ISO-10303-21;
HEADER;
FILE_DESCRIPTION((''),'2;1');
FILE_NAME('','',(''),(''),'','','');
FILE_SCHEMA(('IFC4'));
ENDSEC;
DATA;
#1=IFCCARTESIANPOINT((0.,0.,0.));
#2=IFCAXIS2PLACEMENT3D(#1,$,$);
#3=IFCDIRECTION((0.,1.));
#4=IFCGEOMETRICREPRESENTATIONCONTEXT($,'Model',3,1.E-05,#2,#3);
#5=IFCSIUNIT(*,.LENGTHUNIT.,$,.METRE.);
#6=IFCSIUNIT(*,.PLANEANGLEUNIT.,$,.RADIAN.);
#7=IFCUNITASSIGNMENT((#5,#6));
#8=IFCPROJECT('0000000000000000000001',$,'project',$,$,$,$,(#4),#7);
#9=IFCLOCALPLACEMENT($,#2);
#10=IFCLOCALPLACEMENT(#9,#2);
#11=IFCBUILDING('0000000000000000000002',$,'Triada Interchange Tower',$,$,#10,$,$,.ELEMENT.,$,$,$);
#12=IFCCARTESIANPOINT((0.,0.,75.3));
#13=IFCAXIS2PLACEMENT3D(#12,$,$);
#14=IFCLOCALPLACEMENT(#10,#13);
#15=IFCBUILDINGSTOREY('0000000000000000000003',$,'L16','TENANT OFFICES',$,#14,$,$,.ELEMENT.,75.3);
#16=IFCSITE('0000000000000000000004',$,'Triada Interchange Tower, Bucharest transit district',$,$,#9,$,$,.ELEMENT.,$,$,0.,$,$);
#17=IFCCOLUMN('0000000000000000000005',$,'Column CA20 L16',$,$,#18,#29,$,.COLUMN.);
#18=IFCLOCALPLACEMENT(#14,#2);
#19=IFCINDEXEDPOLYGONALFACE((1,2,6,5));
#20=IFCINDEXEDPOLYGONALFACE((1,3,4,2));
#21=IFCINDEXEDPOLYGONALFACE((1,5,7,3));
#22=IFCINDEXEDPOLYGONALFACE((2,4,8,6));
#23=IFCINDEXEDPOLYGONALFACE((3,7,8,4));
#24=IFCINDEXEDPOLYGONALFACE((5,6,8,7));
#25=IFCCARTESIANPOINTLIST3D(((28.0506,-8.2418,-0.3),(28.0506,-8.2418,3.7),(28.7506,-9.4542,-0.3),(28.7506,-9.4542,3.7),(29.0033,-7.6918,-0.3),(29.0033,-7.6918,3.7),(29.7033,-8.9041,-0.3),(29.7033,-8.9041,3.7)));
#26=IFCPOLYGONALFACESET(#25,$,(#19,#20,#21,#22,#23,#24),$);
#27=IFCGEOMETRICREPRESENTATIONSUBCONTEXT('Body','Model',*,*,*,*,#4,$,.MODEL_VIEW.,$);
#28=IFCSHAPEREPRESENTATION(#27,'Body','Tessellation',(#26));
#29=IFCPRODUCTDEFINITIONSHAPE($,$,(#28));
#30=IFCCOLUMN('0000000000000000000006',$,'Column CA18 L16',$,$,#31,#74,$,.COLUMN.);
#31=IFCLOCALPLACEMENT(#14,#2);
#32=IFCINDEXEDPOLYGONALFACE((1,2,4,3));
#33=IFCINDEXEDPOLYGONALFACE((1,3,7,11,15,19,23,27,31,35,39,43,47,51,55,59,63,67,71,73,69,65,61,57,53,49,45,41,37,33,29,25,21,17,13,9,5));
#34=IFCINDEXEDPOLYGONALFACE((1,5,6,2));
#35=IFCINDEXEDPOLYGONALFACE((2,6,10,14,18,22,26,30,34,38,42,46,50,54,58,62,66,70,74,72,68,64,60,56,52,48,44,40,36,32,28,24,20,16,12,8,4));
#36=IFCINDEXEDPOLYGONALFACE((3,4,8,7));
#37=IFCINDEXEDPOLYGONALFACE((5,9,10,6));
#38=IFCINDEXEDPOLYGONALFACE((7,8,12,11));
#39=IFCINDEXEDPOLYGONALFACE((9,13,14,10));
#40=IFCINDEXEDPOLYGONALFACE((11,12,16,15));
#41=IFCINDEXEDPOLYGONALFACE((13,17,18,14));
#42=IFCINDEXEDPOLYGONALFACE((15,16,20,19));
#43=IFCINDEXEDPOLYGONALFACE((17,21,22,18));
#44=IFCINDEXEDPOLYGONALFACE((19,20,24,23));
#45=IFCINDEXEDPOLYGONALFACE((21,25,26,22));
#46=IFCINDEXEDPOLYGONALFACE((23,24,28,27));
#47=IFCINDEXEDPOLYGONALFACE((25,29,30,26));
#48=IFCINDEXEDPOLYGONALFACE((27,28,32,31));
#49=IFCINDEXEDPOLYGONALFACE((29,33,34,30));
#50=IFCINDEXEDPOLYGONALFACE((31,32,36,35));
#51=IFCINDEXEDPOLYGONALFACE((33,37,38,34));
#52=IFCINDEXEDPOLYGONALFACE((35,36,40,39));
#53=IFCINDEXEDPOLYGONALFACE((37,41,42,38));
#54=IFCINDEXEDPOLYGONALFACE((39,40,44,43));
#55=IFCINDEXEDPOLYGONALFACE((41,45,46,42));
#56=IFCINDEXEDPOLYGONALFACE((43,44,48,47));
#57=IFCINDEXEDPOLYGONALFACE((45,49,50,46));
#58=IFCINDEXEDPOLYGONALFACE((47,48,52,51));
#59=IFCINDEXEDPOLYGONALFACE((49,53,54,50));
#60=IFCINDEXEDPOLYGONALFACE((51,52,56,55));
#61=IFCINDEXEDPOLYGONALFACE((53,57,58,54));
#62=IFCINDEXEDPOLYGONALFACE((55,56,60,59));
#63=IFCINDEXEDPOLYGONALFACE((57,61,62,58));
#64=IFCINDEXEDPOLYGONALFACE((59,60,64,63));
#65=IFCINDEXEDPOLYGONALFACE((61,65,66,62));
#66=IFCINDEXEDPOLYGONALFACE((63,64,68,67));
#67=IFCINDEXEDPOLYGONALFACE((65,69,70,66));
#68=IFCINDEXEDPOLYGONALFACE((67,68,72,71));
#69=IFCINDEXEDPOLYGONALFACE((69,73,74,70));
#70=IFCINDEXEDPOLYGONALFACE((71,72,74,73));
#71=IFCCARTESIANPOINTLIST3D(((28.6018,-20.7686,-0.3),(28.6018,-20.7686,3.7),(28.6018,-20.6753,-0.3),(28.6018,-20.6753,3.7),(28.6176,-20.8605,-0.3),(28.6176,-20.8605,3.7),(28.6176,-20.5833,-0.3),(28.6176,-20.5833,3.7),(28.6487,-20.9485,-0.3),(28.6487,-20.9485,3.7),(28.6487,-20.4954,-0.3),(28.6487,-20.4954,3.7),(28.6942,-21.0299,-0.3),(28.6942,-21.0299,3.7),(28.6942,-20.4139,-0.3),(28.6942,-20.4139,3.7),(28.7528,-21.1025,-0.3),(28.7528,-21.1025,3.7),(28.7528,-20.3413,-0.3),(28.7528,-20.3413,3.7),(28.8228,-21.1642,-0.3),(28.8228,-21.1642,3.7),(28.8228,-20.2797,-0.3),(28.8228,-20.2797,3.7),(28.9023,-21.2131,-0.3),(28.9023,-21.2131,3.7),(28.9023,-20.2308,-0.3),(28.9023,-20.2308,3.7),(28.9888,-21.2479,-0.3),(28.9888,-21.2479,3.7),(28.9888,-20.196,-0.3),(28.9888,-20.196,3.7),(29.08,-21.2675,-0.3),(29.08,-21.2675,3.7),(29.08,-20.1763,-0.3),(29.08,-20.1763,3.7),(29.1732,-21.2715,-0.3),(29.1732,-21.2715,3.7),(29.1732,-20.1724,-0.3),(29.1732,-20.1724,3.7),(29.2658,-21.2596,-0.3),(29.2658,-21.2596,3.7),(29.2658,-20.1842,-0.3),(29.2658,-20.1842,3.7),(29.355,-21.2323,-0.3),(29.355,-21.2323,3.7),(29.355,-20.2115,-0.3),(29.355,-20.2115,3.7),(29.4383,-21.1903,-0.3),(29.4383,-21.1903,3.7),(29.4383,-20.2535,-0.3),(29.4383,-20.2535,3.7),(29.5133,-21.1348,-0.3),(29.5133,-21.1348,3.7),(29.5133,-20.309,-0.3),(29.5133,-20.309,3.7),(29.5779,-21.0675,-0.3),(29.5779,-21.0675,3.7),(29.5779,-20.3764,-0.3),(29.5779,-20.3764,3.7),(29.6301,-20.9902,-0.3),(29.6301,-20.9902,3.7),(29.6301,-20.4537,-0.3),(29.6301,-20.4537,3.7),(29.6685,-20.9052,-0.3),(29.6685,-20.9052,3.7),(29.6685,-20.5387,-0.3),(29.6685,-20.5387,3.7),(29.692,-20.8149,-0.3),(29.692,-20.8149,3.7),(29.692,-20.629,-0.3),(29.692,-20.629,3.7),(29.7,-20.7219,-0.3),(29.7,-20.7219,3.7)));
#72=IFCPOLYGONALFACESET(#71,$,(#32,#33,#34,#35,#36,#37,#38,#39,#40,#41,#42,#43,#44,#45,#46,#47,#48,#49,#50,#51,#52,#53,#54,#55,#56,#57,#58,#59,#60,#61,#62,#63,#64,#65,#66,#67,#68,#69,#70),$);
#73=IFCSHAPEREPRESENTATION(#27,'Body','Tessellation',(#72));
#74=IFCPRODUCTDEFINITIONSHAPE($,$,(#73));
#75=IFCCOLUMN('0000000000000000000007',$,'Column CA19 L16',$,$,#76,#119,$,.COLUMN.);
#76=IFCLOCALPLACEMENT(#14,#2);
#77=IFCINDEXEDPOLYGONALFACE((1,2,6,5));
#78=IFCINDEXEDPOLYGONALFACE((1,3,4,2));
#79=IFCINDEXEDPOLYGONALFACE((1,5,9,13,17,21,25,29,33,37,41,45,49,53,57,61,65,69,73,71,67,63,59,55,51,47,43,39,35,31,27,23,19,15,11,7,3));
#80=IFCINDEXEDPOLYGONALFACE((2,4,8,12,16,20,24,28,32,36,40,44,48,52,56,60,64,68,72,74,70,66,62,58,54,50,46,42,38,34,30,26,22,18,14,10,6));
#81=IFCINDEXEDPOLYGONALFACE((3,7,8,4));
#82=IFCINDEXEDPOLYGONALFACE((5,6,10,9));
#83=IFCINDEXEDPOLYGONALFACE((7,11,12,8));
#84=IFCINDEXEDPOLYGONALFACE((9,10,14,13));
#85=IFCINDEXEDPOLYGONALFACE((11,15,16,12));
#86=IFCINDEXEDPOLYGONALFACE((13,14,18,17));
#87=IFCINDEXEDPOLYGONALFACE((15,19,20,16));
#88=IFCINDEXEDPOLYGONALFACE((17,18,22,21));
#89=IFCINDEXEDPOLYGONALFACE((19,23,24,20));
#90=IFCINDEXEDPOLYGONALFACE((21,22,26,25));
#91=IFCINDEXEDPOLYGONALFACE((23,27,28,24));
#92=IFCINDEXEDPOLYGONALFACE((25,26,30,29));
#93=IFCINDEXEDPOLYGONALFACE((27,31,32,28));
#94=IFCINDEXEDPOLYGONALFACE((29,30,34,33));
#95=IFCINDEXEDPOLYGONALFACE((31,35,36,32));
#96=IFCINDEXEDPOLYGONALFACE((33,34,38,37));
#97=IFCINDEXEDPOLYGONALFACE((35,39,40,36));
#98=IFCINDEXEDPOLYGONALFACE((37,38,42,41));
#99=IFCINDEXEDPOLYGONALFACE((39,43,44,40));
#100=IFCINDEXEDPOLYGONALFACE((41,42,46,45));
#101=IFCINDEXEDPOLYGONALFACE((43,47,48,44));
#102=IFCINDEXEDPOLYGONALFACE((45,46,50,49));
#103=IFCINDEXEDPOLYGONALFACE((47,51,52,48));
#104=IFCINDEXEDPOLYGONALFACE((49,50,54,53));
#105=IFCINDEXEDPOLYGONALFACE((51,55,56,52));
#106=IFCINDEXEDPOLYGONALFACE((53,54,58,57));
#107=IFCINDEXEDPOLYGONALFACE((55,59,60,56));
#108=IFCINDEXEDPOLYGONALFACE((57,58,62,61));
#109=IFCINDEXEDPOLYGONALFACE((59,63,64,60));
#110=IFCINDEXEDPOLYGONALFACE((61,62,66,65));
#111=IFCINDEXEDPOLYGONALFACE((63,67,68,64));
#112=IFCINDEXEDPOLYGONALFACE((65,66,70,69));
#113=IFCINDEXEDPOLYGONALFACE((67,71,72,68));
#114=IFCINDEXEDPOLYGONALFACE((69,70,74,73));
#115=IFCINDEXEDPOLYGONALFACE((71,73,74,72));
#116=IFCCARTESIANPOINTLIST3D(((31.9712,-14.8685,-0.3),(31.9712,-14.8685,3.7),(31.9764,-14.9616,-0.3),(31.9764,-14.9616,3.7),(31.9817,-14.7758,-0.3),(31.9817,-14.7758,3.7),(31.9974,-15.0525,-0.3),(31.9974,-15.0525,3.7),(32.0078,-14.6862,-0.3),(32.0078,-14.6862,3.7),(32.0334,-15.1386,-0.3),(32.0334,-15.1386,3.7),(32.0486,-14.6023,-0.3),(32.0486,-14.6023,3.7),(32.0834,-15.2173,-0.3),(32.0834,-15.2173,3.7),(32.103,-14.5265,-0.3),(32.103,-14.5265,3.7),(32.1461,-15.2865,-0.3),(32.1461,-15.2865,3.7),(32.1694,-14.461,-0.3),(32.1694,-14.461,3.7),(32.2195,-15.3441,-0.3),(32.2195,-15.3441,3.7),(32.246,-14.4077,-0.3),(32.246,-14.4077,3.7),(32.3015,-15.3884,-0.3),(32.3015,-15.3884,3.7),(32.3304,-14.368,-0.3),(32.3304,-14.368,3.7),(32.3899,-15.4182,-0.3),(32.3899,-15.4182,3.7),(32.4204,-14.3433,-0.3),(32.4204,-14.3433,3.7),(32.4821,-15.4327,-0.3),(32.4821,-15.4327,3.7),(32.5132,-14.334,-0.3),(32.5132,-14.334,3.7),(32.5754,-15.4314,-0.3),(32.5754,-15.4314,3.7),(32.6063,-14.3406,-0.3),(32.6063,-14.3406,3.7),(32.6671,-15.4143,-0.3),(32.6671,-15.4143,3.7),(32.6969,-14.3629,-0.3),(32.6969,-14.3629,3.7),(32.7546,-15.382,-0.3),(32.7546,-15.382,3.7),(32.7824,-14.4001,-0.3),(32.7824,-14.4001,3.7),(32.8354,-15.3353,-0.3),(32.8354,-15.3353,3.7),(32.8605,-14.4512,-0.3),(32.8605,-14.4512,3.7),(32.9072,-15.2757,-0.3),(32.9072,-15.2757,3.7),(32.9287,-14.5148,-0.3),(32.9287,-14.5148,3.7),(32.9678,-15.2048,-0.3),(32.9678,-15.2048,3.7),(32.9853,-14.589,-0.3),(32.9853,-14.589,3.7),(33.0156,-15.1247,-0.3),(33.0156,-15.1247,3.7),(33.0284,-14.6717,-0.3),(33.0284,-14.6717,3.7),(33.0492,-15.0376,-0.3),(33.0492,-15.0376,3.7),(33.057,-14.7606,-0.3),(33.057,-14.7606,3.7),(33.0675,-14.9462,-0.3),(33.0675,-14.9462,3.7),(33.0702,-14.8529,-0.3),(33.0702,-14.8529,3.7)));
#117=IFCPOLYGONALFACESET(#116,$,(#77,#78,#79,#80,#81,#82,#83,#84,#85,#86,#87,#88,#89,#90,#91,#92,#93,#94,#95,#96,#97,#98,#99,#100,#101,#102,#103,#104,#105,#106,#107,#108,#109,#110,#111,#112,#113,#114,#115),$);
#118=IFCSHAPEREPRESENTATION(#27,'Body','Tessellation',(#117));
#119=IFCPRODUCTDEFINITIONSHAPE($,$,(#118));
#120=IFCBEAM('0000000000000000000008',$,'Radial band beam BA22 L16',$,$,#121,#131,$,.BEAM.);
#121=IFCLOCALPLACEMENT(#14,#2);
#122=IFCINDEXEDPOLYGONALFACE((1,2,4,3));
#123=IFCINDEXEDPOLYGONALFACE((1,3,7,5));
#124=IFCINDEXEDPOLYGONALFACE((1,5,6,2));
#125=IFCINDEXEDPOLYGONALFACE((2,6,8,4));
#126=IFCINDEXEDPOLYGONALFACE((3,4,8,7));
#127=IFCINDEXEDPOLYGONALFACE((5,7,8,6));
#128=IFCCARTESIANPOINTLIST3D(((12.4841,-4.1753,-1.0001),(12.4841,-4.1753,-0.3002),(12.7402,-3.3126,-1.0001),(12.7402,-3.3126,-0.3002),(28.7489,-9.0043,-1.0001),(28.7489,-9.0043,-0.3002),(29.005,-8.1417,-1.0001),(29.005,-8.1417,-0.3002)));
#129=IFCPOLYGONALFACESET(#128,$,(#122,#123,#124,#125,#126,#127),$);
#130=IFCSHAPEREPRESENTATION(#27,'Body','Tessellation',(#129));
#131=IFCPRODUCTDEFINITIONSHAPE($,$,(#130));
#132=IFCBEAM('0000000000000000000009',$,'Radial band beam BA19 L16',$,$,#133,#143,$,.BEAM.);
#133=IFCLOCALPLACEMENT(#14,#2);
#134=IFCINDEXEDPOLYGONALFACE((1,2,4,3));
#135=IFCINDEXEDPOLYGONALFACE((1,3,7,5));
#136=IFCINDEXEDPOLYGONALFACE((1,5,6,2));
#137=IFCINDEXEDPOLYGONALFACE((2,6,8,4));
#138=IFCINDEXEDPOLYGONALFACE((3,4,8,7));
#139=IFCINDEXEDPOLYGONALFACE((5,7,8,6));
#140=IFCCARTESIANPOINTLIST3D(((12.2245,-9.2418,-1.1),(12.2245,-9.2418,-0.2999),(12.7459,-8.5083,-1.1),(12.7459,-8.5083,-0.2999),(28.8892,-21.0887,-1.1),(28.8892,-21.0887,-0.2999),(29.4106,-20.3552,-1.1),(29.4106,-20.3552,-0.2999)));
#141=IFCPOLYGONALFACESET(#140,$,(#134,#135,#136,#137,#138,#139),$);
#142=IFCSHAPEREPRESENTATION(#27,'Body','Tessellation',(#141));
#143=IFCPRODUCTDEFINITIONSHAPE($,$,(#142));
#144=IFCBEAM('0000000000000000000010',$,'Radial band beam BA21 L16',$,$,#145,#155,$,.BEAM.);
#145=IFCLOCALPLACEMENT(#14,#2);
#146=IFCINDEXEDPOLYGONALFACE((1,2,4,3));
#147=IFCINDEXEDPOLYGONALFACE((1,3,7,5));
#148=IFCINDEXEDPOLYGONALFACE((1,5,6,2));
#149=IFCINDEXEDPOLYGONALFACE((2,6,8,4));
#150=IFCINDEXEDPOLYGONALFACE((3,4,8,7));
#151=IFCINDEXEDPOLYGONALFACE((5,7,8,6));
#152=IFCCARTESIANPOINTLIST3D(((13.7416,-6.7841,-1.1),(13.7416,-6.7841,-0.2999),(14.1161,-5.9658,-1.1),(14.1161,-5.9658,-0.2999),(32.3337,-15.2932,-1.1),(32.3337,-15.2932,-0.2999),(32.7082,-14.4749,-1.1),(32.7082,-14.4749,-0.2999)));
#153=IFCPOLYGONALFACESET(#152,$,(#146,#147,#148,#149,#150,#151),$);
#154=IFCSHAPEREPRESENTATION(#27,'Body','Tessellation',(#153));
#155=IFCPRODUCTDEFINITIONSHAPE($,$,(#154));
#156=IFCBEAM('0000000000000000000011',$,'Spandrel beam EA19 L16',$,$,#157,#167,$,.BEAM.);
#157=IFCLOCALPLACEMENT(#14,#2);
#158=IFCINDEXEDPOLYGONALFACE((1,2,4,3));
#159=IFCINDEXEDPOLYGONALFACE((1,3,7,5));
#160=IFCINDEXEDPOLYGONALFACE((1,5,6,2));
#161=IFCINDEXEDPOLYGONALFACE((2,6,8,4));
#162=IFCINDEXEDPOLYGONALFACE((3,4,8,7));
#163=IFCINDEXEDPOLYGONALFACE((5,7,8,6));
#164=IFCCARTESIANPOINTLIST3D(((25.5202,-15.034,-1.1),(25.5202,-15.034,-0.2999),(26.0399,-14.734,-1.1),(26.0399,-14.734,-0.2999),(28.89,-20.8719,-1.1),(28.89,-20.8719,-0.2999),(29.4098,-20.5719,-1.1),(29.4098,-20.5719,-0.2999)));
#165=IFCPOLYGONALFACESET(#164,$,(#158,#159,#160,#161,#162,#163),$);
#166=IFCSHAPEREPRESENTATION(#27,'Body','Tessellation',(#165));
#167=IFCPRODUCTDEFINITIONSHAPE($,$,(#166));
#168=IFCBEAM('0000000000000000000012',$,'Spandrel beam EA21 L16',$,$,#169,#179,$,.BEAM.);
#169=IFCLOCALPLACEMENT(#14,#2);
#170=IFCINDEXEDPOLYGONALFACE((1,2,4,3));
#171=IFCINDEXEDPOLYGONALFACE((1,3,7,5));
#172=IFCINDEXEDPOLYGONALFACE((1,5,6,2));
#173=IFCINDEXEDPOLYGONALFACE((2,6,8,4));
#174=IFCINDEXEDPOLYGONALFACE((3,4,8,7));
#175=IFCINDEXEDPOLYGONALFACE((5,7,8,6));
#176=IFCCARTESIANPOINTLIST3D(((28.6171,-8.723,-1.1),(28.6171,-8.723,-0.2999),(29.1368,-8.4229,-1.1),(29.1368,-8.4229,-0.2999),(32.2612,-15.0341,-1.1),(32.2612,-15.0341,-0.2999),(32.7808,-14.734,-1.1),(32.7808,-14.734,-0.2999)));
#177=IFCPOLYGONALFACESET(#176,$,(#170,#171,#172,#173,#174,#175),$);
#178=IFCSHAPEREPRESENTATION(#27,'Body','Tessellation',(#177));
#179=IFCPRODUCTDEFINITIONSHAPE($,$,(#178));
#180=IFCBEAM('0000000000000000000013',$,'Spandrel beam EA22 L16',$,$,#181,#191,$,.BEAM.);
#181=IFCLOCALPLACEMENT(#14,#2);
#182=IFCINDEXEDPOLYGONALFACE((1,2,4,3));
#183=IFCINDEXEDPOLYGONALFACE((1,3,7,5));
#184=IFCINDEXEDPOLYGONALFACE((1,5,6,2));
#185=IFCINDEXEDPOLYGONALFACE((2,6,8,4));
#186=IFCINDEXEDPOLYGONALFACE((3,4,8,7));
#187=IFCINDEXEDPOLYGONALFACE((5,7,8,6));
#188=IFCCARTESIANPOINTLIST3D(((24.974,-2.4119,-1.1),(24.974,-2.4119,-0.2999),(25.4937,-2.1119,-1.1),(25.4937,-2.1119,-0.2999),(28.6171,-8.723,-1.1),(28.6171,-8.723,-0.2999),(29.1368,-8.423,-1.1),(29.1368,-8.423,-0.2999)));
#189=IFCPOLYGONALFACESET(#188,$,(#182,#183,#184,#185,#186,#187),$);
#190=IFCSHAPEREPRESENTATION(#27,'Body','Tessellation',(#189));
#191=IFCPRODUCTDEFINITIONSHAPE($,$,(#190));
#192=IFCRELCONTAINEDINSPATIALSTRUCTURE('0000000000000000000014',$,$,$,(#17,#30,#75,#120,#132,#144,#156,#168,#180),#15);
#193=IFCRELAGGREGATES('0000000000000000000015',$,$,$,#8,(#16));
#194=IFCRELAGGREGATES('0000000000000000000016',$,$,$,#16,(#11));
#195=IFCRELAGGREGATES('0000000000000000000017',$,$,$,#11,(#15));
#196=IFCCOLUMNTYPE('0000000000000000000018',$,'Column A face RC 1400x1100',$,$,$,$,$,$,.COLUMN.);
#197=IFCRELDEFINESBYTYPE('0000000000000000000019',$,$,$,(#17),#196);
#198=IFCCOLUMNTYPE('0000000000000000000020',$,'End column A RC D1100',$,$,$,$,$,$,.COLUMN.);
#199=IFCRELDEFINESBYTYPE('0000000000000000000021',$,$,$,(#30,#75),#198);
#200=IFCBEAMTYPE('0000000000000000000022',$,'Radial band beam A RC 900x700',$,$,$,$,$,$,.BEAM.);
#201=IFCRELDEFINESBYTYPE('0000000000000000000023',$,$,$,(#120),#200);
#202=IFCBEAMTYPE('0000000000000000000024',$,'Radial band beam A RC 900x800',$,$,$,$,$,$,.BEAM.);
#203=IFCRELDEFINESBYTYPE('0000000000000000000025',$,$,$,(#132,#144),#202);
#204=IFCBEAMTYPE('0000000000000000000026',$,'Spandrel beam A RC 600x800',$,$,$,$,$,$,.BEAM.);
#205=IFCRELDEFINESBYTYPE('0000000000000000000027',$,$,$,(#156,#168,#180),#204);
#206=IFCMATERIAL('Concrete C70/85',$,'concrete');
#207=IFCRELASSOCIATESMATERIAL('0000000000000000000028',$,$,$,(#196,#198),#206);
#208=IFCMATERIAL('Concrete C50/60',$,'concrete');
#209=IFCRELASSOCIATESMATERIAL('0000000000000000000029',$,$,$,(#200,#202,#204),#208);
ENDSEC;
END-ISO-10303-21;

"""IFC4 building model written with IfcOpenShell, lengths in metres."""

from ifc_helpers import new_model, si_unit, direction, frame, origin, origin_2d, place, context, subcontext, project, spatial, rectangle, circle, extrude, material, material_profile, profile_set, type_object, element, save


model = new_model("IFC4")

# Units and contexts
model_context = context("Model", 3, precision=1e-05, world=origin(), true_north=direction((0.0, 1.0)))
body_context = subcontext(model_context, "Body", "Model", "MODEL_VIEW")
ifc_project = project(units=[si_unit("LENGTHUNIT", "METRE"), si_unit("PLANEANGLEUNIT", "RADIAN")], contexts=[model_context])

# Site, building, storey
site_placement = place(None, origin())
site = spatial("IfcSite", under=ifc_project, at=site_placement, Name="Triada Interchange Tower, Bucharest transit district", CompositionType="ELEMENT", RefElevation=0.0)
building_placement = place(site_placement, origin())
building = spatial("IfcBuilding", under=site, at=building_placement, Name="Triada Interchange Tower", CompositionType="ELEMENT")
storey_placement = place(building_placement, frame((0.0, 0.0, 75.3)))
storey = spatial("IfcBuildingStorey", under=building, at=storey_placement, Name="L16", Description="TENANT OFFICES", CompositionType="ELEMENT", Elevation=75.3)

# Columns
ifc_material_1 = material(Name="Concrete C70/85", Category="concrete")
ifc_material_profile_1 = material_profile(ifc_material_1, rectangle(XDim=1.3999, YDim=1.1001, at=origin_2d()), Name="RC 1400x1100")
ifc_profile_set_1 = profile_set([ifc_material_profile_1], Name="Concrete C70/85")
column_type_1 = type_object("IfcColumnType", Name="Column A face RC 1400x1100", PredefinedType="COLUMN", material=ifc_profile_set_1)
column_placement = place(storey_placement, frame((28.877, -8.573, -0.3), z_axis=(0.0, 0.0, 1.0), x_axis=(-0.5, 0.866025, 0.0)))
element("IfcColumn", 1, at=column_placement, inside=storey, type_object=column_type_1, Name="Column CA20 L16", PredefinedType="COLUMN", context=body_context, shape_type="SweptSolid", body=[
    extrude(rectangle(XDim=1.3999, YDim=1.1001, at=origin_2d()), origin(), (0.0, 0.0, 1.0), 4.0),
])
ifc_material_profile_2 = material_profile(ifc_material_1, circle(Radius=0.55, at=origin_2d()), Name="RC D1100")
ifc_profile_set_2 = profile_set([ifc_material_profile_2], Name="Concrete C70/85")
column_type_2 = type_object("IfcColumnType", Name="End column A RC D1100", PredefinedType="COLUMN", material=ifc_profile_set_2)
for number, where, z_axis, x_axis, name in (
    (2, (29.1499, -20.7219, -0.3), (0.0, 0.0, 1.0), (1.0, 0.0, 0.0), "Column CA18 L16"),
    (3, (32.521, -14.884, -0.3), (0.0, 0.0, 1.0), (-0.5, 0.866025, 0.0), "Column CA19 L16"),
):
    element("IfcColumn", number, at=place(storey_placement, frame(where, z_axis=z_axis, x_axis=x_axis)), inside=storey, type_object=column_type_2, Name=name, PredefinedType="COLUMN", context=body_context, shape_type="SweptSolid", body=[
        extrude(circle(Radius=0.55, at=origin_2d()), origin(), (0.0, 0.0, 1.0), 4.0),
    ])

# Beams
ifc_material_2 = material(Name="Concrete C50/60", Category="concrete")
ifc_material_profile_3 = material_profile(ifc_material_2, rectangle(XDim=0.8999, YDim=0.7, at=origin_2d()), Name="RC 900x700")
ifc_profile_set_3 = profile_set([ifc_material_profile_3], Name="Concrete C50/60")
beam_type_1 = type_object("IfcBeamType", Name="Radial band beam A RC 900x700", PredefinedType="BEAM", material=ifc_profile_set_3)
beam_1_placement = place(storey_placement, frame((28.877, -8.573, -0.6501), z_axis=(-0.958639, 0.284623, 0.0), x_axis=(-0.284623, -0.958639, 0.0)))
element("IfcBeam", 4, at=beam_1_placement, inside=storey, type_object=beam_type_1, Name="Radial band beam BA22 L16", PredefinedType="BEAM", context=body_context, shape_type="SweptSolid", body=[
    extrude(rectangle(XDim=0.8999, YDim=0.7, at=origin_2d()), origin(), (0.0, 0.0, 1.0), 16.9666),
])
ifc_material_profile_4 = material_profile(ifc_material_2, rectangle(XDim=0.8999, YDim=0.8, at=origin_2d()), Name="RC 900x800")
ifc_profile_set_4 = profile_set([ifc_material_profile_4], Name="Concrete C50/60")
beam_type_2 = type_object("IfcBeamType", Name="Radial band beam A RC 900x800", PredefinedType="BEAM", material=ifc_profile_set_4)
beam_2_placement = place(storey_placement, frame((29.1499, -20.7219, -0.7), z_axis=(-0.815038, 0.579407, 0.0), x_axis=(-0.579407, -0.815038, 0.0)))
element("IfcBeam", 5, at=beam_2_placement, inside=storey, type_object=beam_type_2, Name="Radial band beam BA19 L16", PredefinedType="BEAM", context=body_context, shape_type="SweptSolid", body=[
    extrude(rectangle(XDim=0.8999, YDim=0.8, at=origin_2d()), origin(), (0.0, 0.0, 1.0), 20.4465),
])
beam_3_placement = place(storey_placement, frame((32.521, -14.884, -0.7), z_axis=(-0.909293, 0.416157, 0.0), x_axis=(-0.416157, -0.909293, 0.0)))
element("IfcBeam", 6, at=beam_3_placement, inside=storey, type_object=beam_type_2, Name="Radial band beam BA21 L16", PredefinedType="BEAM", context=body_context, shape_type="SweptSolid", body=[
    extrude(rectangle(XDim=0.8999, YDim=0.8, at=origin_2d()), origin(), (0.0, 0.0, 1.0), 20.4468),
])
ifc_material_profile_5 = material_profile(ifc_material_2, rectangle(XDim=0.6001, YDim=0.8, at=origin_2d()), Name="RC 600x800")
ifc_profile_set_5 = profile_set([ifc_material_profile_5], Name="Concrete C50/60")
beam_type_3 = type_object("IfcBeamType", Name="Spandrel beam A RC 600x800", PredefinedType="BEAM", material=ifc_profile_set_5)
beam_4_placement = place(storey_placement, frame((29.1499, -20.7219, -0.7), z_axis=(-0.499929, 0.866066, 0.0), x_axis=(-0.866066, -0.499929, 0.0)))
element("IfcBeam", 7, at=beam_4_placement, inside=storey, type_object=beam_type_3, Name="Spandrel beam EA19 L16", PredefinedType="BEAM", context=body_context, shape_type="SweptSolid", body=[
    extrude(rectangle(XDim=0.6001, YDim=0.8, at=origin_2d()), origin(), (0.0, 0.0, 1.0), 6.7407),
])
beam_5_placement = place(storey_placement, frame((32.521, -14.884, -0.7), z_axis=(-0.500038, 0.866004, 0.0), x_axis=(-0.866004, -0.500038, 0.0)))
element("IfcBeam", 8, at=beam_5_placement, inside=storey, type_object=beam_type_3, Name="Spandrel beam EA21 L16", PredefinedType="BEAM", context=body_context, shape_type="SweptSolid", body=[
    extrude(rectangle(XDim=0.6001, YDim=0.8, at=origin_2d()), origin(), (0.0, 0.0, 1.0), 7.2876),
])
beam_6_placement = place(storey_placement, frame((28.877, -8.573, -0.7), z_axis=(-0.499937, 0.866062, 0.0), x_axis=(-0.866062, -0.499937, 0.0)))
element("IfcBeam", 9, at=beam_6_placement, inside=storey, type_object=beam_type_3, Name="Spandrel beam EA22 L16", PredefinedType="BEAM", context=body_context, shape_type="SweptSolid", body=[
    extrude(rectangle(XDim=0.6001, YDim=0.8, at=origin_2d()), origin(), (0.0, 0.0, 1.0), 7.2871),
])

save(model, "model.ifc")
